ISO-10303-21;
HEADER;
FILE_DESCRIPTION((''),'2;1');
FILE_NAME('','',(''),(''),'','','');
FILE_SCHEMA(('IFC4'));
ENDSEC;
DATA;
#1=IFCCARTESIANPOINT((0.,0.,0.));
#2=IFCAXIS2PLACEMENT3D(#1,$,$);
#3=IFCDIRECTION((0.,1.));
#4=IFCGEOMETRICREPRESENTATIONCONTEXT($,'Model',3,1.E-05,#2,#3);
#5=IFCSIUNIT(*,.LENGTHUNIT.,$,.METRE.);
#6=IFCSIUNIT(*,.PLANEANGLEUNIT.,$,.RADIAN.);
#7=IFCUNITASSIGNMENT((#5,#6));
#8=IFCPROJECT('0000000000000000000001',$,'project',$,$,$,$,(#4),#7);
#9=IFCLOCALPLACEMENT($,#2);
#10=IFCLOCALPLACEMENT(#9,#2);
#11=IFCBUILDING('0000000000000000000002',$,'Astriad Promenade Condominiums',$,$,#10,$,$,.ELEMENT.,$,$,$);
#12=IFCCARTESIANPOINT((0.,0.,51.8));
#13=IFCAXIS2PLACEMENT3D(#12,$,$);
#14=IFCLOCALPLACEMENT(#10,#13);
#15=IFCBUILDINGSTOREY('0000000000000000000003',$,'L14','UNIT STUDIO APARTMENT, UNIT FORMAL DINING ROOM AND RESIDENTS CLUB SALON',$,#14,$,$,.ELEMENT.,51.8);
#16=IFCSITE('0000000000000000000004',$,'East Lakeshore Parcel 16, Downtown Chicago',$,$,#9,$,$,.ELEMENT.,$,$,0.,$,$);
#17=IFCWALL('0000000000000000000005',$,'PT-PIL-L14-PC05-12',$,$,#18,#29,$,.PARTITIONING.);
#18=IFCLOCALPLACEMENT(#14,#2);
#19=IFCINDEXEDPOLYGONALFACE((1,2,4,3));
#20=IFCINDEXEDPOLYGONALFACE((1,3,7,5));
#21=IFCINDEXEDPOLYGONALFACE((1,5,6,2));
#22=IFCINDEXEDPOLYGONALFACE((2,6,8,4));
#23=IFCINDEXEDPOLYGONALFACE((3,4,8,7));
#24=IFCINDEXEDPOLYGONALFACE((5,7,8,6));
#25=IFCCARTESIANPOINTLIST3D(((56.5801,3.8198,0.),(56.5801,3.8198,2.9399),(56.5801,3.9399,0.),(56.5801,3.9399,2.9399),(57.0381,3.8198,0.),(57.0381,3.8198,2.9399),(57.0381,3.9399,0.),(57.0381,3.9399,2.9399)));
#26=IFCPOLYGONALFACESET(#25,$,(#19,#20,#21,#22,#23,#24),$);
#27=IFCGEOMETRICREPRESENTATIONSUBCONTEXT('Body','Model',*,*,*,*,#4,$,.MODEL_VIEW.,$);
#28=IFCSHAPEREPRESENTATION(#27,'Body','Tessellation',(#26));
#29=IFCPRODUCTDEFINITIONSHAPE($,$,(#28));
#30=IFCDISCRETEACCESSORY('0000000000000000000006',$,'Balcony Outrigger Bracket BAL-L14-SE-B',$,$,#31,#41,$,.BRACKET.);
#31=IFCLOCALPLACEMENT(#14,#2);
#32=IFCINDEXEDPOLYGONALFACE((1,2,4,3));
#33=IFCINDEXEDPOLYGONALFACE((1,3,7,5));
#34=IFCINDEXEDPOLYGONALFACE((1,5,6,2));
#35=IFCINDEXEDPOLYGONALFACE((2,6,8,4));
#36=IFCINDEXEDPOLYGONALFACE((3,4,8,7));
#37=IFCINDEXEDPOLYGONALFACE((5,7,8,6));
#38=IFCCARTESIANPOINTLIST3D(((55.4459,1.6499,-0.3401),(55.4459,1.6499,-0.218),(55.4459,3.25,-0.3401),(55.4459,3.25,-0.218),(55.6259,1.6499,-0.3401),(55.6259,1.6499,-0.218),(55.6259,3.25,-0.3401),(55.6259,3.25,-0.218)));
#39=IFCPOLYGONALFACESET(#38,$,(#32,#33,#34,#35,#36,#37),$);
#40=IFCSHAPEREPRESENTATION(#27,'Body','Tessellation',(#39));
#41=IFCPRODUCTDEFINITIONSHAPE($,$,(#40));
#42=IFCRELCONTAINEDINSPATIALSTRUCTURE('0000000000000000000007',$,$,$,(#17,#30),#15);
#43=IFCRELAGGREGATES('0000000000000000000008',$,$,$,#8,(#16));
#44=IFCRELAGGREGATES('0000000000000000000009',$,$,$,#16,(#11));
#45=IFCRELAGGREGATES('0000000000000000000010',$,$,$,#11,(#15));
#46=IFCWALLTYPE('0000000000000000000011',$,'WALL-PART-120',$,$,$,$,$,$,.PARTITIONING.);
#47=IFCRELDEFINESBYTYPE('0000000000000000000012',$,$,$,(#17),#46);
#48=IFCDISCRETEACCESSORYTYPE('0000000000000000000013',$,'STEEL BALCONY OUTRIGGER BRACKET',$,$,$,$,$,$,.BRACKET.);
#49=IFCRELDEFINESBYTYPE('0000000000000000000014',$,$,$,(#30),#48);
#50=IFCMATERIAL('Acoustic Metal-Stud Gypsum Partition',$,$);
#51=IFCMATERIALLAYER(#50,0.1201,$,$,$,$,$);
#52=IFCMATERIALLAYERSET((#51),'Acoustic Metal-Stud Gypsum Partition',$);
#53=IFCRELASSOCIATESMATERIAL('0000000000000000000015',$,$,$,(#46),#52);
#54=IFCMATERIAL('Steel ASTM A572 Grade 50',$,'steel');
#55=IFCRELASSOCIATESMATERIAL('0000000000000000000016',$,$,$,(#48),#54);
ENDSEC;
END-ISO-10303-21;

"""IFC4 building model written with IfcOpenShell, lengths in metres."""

from ifc_helpers import new_model, si_unit, direction, frame, frame_2d, origin, origin_2d, place, context, subcontext, project, spatial, rectangle, extrude, source, transform, mapped, material, layer, layer_set, type_object, type_shapes, element, save


model = new_model("IFC4")

# Units and contexts
model_context = context("Model", 3, precision=1e-05, world=origin(), true_north=direction((0.0, 1.0)))
body_context = subcontext(model_context, "Body", "Model", "MODEL_VIEW")
ifc_project = project(units=[si_unit("LENGTHUNIT", "METRE"), si_unit("PLANEANGLEUNIT", "RADIAN")], contexts=[model_context])

# Site, building, storey
site_placement = place(None, origin())
site = spatial("IfcSite", under=ifc_project, at=site_placement, Name="East Lakeshore Parcel 16, Downtown Chicago", CompositionType="ELEMENT", RefElevation=0.0)
building_placement = place(site_placement, origin())
building = spatial("IfcBuilding", under=site, at=building_placement, Name="Astriad Promenade Condominiums", CompositionType="ELEMENT")
storey_placement = place(building_placement, frame((0.0, 0.0, 51.8)))
storey = spatial("IfcBuildingStorey", under=building, at=storey_placement, Name="L14", Description="UNIT STUDIO APARTMENT, UNIT FORMAL DINING ROOM AND RESIDENTS CLUB SALON", CompositionType="ELEMENT", Elevation=51.8)

# Shared definitions
ifc_material_1 = material(Name="Acoustic Metal-Stud Gypsum Partition")
ifc_layer_1 = layer(ifc_material_1, 0.1201)
ifc_layer_set_1 = layer_set([ifc_layer_1], Name="Acoustic Metal-Stud Gypsum Partition")
wall_type_1 = type_object("IfcWallType", Name="WALL-PART-120", PredefinedType="PARTITIONING", material=ifc_layer_set_1)

# Wall
wall_1_placement = place(storey_placement, frame((56.5801, 3.8799, 0.0), z_axis=(0.0, 0.0, 1.0), x_axis=(1.0, 0.0, 0.0)))
element("IfcWall", 1, at=wall_1_placement, inside=storey, type_object=wall_type_1, Name="PT-PIL-L14-PC05-12", PredefinedType="PARTITIONING", context=body_context, shape_type="SweptSolid", body=[
    extrude(rectangle(XDim=0.458, YDim=0.1201, at=frame_2d((0.229, 0.0))), origin(), (0.0, 0.0, 1.0), 2.9399),
])

# Discrete accessory
ifc_material_2 = material(Name="Steel ASTM A572 Grade 50", Category="steel")
discrete_accessory_type = type_object("IfcDiscreteAccessoryType", Name="STEEL BALCONY OUTRIGGER BRACKET", PredefinedType="BRACKET", material=ifc_material_2)
shared_shape_1 = source(origin(), body_context, "Body", "SweptSolid", [
    extrude(rectangle(XDim=1.6001, YDim=0.1799, at=origin_2d()), origin(), (0.0, 0.0, 1.0), 0.1221),
])
type_shapes(discrete_accessory_type, [shared_shape_1])
discrete_accessory_placement = place(storey_placement, frame((55.5359, 2.45, -0.3401), z_axis=(0.0, 0.0, 1.0), x_axis=(0.0, -1.0, 0.0)))
element("IfcDiscreteAccessory", 2, at=discrete_accessory_placement, inside=storey, type_object=discrete_accessory_type, Name="Balcony Outrigger Bracket BAL-L14-SE-B", PredefinedType="BRACKET", context=body_context, shape_type="MappedRepresentation", body=[
    mapped(shared_shape_1, transform((0.0, 0.0, 0.0), scale=1.0)),
])

save(model, "model.ifc")
